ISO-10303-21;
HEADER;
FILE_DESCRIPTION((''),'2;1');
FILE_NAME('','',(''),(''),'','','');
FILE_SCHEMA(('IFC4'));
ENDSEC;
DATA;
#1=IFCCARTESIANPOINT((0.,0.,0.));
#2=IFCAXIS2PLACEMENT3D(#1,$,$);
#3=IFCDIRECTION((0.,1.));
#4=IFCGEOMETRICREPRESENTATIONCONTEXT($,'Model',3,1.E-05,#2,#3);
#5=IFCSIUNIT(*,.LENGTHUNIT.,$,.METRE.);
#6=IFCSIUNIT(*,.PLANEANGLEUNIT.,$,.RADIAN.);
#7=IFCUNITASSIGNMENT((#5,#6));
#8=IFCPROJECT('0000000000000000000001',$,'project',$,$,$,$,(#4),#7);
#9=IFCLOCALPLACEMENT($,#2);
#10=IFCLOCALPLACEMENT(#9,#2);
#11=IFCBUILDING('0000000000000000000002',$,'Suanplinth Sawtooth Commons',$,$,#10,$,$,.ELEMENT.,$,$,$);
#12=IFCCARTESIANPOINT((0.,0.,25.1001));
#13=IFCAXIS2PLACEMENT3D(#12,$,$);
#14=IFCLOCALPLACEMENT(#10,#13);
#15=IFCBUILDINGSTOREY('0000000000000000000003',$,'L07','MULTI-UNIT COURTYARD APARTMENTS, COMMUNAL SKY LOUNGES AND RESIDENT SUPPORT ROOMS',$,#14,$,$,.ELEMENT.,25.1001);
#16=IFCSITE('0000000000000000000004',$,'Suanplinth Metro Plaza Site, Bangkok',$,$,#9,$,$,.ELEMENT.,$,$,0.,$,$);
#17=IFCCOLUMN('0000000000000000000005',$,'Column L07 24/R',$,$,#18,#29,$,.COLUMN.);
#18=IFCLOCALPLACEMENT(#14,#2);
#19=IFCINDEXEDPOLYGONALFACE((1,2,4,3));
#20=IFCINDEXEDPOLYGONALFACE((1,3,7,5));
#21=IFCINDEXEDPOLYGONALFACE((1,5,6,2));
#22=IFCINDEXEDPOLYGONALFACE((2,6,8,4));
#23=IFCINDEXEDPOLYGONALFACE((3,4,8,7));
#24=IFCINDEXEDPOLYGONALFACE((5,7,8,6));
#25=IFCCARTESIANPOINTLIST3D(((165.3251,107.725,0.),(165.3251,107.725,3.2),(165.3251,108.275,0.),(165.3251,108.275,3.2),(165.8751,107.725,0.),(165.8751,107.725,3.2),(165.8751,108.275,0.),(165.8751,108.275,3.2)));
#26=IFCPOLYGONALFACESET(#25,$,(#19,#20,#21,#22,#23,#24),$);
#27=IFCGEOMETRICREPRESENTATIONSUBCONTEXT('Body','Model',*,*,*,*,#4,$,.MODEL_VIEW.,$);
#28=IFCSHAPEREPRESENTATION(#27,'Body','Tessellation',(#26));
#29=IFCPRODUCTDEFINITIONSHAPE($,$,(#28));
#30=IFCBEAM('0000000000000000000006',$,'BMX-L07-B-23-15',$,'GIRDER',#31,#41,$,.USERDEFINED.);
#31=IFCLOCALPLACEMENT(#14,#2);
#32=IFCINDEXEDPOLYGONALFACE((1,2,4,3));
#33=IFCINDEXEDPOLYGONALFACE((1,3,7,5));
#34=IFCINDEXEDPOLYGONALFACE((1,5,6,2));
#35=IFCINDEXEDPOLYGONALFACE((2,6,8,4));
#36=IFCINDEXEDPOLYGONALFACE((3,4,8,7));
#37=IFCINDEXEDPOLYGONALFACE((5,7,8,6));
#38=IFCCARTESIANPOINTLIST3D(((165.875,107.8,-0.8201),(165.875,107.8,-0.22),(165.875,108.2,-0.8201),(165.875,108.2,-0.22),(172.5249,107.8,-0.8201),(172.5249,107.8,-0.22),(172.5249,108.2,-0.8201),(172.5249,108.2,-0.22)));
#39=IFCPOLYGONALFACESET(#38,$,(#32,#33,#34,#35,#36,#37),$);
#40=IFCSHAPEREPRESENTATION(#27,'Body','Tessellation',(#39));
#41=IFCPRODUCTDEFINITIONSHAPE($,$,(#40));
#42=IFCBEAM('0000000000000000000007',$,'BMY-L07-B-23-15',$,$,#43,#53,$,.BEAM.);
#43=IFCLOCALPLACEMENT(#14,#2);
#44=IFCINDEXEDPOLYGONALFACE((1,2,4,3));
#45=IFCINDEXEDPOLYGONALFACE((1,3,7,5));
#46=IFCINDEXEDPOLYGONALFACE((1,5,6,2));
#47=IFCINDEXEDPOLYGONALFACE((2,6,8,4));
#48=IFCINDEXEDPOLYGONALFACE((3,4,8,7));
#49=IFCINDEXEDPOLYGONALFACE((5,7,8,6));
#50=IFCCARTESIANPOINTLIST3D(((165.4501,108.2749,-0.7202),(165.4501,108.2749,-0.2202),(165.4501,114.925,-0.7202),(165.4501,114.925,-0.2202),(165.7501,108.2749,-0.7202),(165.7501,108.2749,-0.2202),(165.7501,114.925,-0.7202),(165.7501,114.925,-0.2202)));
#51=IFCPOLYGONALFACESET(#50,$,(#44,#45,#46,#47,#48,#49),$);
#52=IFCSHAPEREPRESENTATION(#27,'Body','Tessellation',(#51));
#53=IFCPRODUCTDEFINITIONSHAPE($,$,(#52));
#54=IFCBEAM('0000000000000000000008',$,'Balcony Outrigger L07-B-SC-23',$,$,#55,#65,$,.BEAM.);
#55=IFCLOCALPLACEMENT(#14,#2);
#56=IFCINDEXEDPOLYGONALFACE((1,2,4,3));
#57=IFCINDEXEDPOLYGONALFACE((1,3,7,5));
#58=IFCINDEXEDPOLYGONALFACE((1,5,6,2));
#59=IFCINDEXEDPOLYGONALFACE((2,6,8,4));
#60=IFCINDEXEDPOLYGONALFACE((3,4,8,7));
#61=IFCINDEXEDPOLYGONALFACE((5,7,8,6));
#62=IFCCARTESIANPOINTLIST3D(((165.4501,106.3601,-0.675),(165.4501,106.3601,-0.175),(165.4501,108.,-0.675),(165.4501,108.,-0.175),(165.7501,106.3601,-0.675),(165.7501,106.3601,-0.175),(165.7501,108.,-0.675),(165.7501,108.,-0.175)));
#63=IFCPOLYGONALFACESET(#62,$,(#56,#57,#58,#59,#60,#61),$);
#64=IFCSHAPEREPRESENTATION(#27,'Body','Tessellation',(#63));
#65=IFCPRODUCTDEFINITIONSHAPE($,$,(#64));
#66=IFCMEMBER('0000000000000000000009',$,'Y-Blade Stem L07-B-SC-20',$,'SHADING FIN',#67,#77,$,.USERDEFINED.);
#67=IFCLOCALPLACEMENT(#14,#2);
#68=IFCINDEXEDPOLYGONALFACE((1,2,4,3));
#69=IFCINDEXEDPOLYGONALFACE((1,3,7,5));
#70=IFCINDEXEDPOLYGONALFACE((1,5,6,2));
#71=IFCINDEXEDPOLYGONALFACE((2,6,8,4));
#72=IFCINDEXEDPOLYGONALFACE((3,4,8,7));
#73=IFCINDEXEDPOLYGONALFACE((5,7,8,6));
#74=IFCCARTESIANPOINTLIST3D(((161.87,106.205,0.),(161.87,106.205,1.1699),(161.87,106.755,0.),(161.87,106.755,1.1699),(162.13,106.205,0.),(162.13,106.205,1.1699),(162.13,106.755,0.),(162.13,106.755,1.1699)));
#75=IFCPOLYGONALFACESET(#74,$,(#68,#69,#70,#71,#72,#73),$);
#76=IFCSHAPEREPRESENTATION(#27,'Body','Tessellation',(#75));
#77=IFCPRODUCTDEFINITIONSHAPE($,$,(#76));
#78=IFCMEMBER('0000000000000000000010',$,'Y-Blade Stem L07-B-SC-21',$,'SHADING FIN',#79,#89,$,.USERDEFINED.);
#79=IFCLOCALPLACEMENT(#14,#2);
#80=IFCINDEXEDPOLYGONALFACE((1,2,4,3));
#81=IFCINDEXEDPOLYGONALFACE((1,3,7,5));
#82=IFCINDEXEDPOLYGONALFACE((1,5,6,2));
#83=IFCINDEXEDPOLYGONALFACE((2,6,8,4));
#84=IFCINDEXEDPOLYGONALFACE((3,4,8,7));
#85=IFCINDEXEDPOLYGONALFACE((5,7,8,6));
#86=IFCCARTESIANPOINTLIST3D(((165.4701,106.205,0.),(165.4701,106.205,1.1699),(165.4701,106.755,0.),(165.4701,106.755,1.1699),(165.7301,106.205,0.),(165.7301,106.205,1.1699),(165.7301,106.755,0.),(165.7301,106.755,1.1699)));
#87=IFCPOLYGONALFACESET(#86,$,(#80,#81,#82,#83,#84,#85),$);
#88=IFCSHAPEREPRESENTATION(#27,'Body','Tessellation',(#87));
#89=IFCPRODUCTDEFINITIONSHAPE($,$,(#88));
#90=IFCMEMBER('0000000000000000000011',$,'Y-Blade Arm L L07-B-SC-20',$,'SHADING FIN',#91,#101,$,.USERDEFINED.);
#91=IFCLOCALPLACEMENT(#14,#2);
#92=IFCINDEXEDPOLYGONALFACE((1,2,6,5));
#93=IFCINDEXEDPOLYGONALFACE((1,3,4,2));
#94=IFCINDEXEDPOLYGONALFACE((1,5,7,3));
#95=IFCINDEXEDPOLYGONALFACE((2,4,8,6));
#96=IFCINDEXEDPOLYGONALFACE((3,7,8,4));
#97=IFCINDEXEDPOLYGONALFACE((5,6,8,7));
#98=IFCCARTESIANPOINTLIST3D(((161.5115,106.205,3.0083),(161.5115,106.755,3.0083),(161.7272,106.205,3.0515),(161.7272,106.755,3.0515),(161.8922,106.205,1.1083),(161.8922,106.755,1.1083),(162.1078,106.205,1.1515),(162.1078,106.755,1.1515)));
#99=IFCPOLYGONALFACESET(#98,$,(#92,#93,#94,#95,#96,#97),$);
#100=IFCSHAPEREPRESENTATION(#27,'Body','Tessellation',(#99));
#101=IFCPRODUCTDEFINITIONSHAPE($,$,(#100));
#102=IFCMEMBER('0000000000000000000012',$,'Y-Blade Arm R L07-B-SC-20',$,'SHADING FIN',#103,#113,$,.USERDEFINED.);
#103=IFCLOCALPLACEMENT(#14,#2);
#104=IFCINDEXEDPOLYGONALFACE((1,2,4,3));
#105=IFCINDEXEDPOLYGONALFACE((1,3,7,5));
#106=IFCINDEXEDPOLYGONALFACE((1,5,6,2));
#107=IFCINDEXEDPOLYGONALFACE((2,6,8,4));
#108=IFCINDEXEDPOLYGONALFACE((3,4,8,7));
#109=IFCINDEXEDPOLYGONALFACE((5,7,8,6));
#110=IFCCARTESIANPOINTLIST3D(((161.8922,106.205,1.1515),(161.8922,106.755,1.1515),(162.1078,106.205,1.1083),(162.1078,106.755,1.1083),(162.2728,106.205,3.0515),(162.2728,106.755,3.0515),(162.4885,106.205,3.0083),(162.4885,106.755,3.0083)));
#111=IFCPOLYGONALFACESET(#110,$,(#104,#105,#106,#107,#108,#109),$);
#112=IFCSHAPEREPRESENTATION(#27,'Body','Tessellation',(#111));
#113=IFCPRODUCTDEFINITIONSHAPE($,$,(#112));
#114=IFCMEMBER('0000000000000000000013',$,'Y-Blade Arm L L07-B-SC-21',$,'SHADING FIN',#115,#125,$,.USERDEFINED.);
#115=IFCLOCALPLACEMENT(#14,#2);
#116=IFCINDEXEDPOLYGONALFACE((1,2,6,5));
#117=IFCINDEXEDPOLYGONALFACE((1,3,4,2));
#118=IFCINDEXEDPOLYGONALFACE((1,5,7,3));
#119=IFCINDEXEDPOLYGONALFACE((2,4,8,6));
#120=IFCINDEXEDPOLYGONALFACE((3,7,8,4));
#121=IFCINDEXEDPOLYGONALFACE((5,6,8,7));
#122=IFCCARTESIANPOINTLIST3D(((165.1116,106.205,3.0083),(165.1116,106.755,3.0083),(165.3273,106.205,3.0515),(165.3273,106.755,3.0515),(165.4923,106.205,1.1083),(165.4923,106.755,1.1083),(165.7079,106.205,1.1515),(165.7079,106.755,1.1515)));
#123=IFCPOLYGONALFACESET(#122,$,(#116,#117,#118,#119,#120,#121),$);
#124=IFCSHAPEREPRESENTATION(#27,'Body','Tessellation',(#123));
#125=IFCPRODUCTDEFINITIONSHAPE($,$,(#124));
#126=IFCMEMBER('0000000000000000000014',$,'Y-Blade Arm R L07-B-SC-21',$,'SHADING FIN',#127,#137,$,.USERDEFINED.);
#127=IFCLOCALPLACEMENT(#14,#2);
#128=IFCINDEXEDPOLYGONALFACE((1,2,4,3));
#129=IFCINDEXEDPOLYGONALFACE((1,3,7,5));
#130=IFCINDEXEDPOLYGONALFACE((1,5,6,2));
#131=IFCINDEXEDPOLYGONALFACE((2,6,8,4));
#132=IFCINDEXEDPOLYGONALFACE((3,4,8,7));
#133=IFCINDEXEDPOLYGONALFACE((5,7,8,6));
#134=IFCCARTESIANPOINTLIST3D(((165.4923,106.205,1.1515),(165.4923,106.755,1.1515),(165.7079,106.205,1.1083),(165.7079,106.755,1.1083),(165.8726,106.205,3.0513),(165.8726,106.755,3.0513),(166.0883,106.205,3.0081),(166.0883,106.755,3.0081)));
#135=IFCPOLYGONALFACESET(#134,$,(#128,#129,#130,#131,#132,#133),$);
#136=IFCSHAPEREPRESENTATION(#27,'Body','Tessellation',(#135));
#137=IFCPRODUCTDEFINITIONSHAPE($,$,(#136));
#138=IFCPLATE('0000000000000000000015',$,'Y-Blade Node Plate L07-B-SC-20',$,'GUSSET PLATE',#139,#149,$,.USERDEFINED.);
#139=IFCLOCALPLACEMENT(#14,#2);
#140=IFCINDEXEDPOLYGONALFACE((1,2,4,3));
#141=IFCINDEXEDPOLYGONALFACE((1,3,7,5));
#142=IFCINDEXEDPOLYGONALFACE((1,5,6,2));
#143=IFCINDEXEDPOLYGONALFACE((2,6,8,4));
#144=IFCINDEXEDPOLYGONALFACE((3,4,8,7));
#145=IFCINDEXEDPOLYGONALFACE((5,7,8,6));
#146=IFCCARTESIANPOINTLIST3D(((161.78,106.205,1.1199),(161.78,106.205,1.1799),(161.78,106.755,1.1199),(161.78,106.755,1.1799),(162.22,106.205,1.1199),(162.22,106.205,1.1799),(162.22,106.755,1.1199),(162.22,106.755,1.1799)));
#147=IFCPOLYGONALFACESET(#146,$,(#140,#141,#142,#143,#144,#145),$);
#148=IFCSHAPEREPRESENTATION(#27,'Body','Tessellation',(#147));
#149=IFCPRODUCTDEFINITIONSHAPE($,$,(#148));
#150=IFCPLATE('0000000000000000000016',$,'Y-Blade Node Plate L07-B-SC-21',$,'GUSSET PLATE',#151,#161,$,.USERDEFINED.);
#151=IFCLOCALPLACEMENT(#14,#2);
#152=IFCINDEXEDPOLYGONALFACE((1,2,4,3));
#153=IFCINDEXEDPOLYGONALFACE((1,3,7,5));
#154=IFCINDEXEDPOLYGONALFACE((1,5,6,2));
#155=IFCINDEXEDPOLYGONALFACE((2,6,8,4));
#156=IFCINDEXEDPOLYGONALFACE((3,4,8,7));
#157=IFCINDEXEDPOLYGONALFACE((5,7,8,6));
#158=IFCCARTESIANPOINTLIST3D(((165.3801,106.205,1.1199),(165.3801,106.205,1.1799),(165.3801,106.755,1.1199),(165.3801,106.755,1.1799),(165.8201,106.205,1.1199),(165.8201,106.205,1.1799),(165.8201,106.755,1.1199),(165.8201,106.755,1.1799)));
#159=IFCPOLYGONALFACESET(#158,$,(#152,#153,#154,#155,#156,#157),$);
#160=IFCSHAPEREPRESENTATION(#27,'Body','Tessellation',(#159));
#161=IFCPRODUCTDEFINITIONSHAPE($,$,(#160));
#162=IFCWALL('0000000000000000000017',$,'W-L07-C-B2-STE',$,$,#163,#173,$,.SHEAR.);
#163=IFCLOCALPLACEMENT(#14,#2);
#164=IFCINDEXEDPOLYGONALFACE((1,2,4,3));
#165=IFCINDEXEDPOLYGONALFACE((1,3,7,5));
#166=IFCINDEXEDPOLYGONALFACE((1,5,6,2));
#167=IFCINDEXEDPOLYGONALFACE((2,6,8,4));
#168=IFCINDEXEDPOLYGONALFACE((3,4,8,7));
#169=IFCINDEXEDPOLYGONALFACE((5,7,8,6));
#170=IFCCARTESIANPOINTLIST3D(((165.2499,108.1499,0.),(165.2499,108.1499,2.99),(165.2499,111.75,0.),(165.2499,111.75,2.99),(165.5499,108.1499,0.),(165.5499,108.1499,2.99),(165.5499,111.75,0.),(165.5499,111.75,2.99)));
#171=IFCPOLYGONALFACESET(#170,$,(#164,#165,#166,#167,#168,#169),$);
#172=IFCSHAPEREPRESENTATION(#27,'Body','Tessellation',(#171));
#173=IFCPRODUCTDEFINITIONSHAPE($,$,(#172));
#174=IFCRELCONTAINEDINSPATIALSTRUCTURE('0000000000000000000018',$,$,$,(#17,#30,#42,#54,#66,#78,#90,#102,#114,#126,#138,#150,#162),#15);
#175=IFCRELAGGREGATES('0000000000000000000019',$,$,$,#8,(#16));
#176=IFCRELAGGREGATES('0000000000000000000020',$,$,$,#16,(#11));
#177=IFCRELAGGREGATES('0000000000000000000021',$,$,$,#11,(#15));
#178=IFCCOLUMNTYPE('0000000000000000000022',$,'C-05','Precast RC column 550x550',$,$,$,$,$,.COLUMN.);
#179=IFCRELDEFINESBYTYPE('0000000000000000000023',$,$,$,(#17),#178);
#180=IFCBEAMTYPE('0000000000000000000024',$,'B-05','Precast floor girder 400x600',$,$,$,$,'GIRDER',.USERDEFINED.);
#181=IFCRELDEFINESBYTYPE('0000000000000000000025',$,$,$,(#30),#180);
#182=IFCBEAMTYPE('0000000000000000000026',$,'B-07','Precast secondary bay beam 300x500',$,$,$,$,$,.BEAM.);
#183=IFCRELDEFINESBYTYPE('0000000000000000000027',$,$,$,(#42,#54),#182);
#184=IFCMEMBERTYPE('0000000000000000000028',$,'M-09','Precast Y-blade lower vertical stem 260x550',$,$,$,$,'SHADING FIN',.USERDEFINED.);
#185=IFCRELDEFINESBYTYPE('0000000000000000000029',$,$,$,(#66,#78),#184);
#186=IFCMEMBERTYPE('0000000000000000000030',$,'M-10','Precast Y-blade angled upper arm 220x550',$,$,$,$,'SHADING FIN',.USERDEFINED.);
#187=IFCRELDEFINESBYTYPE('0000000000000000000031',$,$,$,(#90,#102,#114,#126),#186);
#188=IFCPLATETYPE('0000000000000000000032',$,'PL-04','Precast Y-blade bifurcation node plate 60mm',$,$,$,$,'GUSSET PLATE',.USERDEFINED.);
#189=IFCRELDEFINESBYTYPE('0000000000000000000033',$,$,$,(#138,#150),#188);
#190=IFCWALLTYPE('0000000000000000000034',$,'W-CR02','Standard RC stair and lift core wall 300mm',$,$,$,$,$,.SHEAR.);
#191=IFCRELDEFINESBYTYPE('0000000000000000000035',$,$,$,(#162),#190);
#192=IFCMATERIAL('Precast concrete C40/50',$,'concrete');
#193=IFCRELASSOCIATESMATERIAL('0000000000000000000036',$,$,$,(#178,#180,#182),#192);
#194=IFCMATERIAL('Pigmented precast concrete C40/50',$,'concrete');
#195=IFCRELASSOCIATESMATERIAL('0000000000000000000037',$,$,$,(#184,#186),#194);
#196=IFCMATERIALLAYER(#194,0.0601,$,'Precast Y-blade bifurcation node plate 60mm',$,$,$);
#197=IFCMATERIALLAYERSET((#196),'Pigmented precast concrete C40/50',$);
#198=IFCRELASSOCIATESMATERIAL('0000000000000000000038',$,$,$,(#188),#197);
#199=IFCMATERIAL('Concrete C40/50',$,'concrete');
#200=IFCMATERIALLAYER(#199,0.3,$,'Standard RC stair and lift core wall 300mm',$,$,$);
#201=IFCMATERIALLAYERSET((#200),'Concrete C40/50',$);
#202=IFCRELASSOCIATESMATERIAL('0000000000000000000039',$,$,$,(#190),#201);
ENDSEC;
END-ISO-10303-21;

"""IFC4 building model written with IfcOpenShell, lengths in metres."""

from ifc_helpers import new_model, si_unit, direction, frame, frame_2d, origin, origin_2d, place, context, subcontext, project, spatial, rectangle, extrude, material, layer, layer_set, material_profile, profile_set, type_object, element, save


model = new_model("IFC4")

# Units and contexts
model_context = context("Model", 3, precision=1e-05, world=origin(), true_north=direction((0.0, 1.0)))
body_context = subcontext(model_context, "Body", "Model", "MODEL_VIEW")
ifc_project = project(units=[si_unit("LENGTHUNIT", "METRE"), si_unit("PLANEANGLEUNIT", "RADIAN")], contexts=[model_context])

# Site, building, storey
site_placement = place(None, origin())
site = spatial("IfcSite", under=ifc_project, at=site_placement, Name="Suanplinth Metro Plaza Site, Bangkok", CompositionType="ELEMENT", RefElevation=0.0)
building_placement = place(site_placement, origin())
building = spatial("IfcBuilding", under=site, at=building_placement, Name="Suanplinth Sawtooth Commons", CompositionType="ELEMENT")
storey_placement = place(building_placement, frame((0.0, 0.0, 25.1001)))
storey = spatial("IfcBuildingStorey", under=building, at=storey_placement, Name="L07", Description="MULTI-UNIT COURTYARD APARTMENTS, COMMUNAL SKY LOUNGES AND RESIDENT SUPPORT ROOMS", CompositionType="ELEMENT", Elevation=25.1001)

# Column
ifc_material_1 = material(Name="Precast concrete C40/50", Category="concrete")
ifc_material_profile_1 = material_profile(ifc_material_1, rectangle(XDim=0.55, YDim=0.55, at=origin_2d()), Name="PC-COL 550x550")
ifc_profile_set_1 = profile_set([ifc_material_profile_1], Name="Precast concrete C40/50")
column_type = type_object("IfcColumnType", Name="C-05", Description="Precast RC column 550x550", PredefinedType="COLUMN", material=ifc_profile_set_1)
column_placement = place(storey_placement, frame((165.6001, 108.0, 0.0), z_axis=(0.0, 0.0, 1.0), x_axis=(1.0, 0.0, 0.0)))
element("IfcColumn", 1, at=column_placement, inside=storey, type_object=column_type, Name="Column L07 24/R", PredefinedType="COLUMN", context=body_context, shape_type="SweptSolid", body=[
    extrude(rectangle(XDim=0.55, YDim=0.55, at=origin_2d()), origin(), (0.0, 0.0, 1.0), 3.2),
])

# Beams
ifc_material_profile_2 = material_profile(ifc_material_1, rectangle(XDim=0.3999, YDim=0.6001, at=origin_2d()), Name="PC-GDR 400x600")
ifc_profile_set_2 = profile_set([ifc_material_profile_2], Name="Precast concrete C40/50")
beam_type_1 = type_object("IfcBeamType", Name="B-05", Description="Precast floor girder 400x600", ElementType="GIRDER", PredefinedType="USERDEFINED", material=ifc_profile_set_2)
beam_1_placement = place(storey_placement, frame((165.875, 108.0, -0.52), z_axis=(1.0, 0.0, 0.0), x_axis=(0.0, 1.0, 0.0)))
element("IfcBeam", 2, at=beam_1_placement, inside=storey, type_object=beam_type_1, Name="BMX-L07-B-23-15", ObjectType="GIRDER", PredefinedType="USERDEFINED", context=body_context, shape_type="SweptSolid", body=[
    extrude(rectangle(XDim=0.3999, YDim=0.6001, at=origin_2d()), origin(), (0.0, 0.0, 1.0), 6.6499),
])
ifc_material_profile_3 = material_profile(ifc_material_1, rectangle(XDim=0.3, YDim=0.5, at=origin_2d()), Name="PC-BM 300x500")
ifc_profile_set_3 = profile_set([ifc_material_profile_3], Name="Precast concrete C40/50")
beam_type_2 = type_object("IfcBeamType", Name="B-07", Description="Precast secondary bay beam 300x500", PredefinedType="BEAM", material=ifc_profile_set_3)
beam_2_placement = place(storey_placement, frame((165.6001, 108.2749, -0.4702), z_axis=(0.0, 1.0, 0.0), x_axis=(-1.0, 0.0, 0.0)))
element("IfcBeam", 3, at=beam_2_placement, inside=storey, type_object=beam_type_2, Name="BMY-L07-B-23-15", PredefinedType="BEAM", context=body_context, shape_type="SweptSolid", body=[
    extrude(rectangle(XDim=0.3, YDim=0.5, at=origin_2d()), origin(), (0.0, 0.0, 1.0), 6.6501),
])
beam_3_placement = place(storey_placement, frame((165.6001, 108.0, -0.425), z_axis=(0.0, -1.0, 0.0), x_axis=(1.0, 0.0, 0.0)))
element("IfcBeam", 4, at=beam_3_placement, inside=storey, type_object=beam_type_2, Name="Balcony Outrigger L07-B-SC-23", PredefinedType="BEAM", context=body_context, shape_type="SweptSolid", body=[
    extrude(rectangle(XDim=0.3, YDim=0.5, at=origin_2d()), origin(), (0.0, 0.0, 1.0), 1.6399),
])

# Members
ifc_material_2 = material(Name="Pigmented precast concrete C40/50", Category="concrete")
ifc_material_profile_4 = material_profile(ifc_material_2, rectangle(XDim=0.26, YDim=0.55, at=origin_2d()), Name="PC-FIN 260x550")
ifc_profile_set_4 = profile_set([ifc_material_profile_4], Name="Pigmented precast concrete C40/50")
member_type_1 = type_object("IfcMemberType", Name="M-09", Description="Precast Y-blade lower vertical stem 260x550", ElementType="SHADING FIN", PredefinedType="USERDEFINED", material=ifc_profile_set_4)
for number, where, z_axis, x_axis, name in (
    (5, (162.0, 106.48, 0.0), (0.0, 0.0, 1.0), (1.0, 0.0, 0.0), "Y-Blade Stem L07-B-SC-20"),
    (6, (165.6001, 106.48, 0.0), (0.0, 0.0, 1.0), (1.0, 0.0, 0.0), "Y-Blade Stem L07-B-SC-21"),
):
    element("IfcMember", number, at=place(storey_placement, frame(where, z_axis=z_axis, x_axis=x_axis)), inside=storey, type_object=member_type_1, Name=name, ObjectType="SHADING FIN", PredefinedType="USERDEFINED", context=body_context, shape_type="SweptSolid", body=[
        extrude(rectangle(XDim=0.26, YDim=0.55, at=origin_2d()), origin(), (0.0, 0.0, 1.0), 1.1699),
    ])
ifc_material_profile_5 = material_profile(ifc_material_2, rectangle(XDim=0.22, YDim=0.55, at=origin_2d()), Name="PC-FIN 220x550")
ifc_profile_set_5 = profile_set([ifc_material_profile_5], Name="Pigmented precast concrete C40/50")
member_type_2 = type_object("IfcMemberType", Name="M-10", Description="Precast Y-blade angled upper arm 220x550", ElementType="SHADING FIN", PredefinedType="USERDEFINED", material=ifc_profile_set_5)
for number, where, z_axis, x_axis, name in (
    (7, (162.0, 106.48, 1.1299), (-0.196431, 0.0, 0.980518), (0.980518, 0.0, 0.196431), "Y-Blade Arm L L07-B-SC-20"),
    (8, (162.0, 106.48, 1.1299), (0.196431, 0.0, 0.980518), (-0.980518, 0.0, 0.196431), "Y-Blade Arm R L07-B-SC-20"),
    (9, (165.6001, 106.48, 1.1299), (-0.196431, 0.0, 0.980518), (0.980518, 0.0, 0.196431), "Y-Blade Arm L L07-B-SC-21"),
):
    element("IfcMember", number, at=place(storey_placement, frame(where, z_axis=z_axis, x_axis=x_axis)), inside=storey, type_object=member_type_2, Name=name, ObjectType="SHADING FIN", PredefinedType="USERDEFINED", context=body_context, shape_type="SweptSolid", body=[
        extrude(rectangle(XDim=0.22, YDim=0.55, at=origin_2d()), origin(), (0.0, 0.0, 1.0), 1.9377),
    ])
member_placement = place(storey_placement, frame((165.6001, 106.48, 1.1299), z_axis=(0.19631, 0.0, 0.980542), x_axis=(-0.980542, 0.0, 0.19631)))
element("IfcMember", 10, at=member_placement, inside=storey, type_object=member_type_2, Name="Y-Blade Arm R L07-B-SC-21", ObjectType="SHADING FIN", PredefinedType="USERDEFINED", context=body_context, shape_type="SweptSolid", body=[
    extrude(rectangle(XDim=0.22, YDim=0.55, at=origin_2d()), origin(), (0.0, 0.0, 1.0), 1.9375),
])

# Plates
ifc_layer_1 = layer(ifc_material_2, 0.0601, Name="Precast Y-blade bifurcation node plate 60mm")
ifc_layer_set_1 = layer_set([ifc_layer_1], Name="Pigmented precast concrete C40/50")
plate_type = type_object("IfcPlateType", Name="PL-04", Description="Precast Y-blade bifurcation node plate 60mm", ElementType="GUSSET PLATE", PredefinedType="USERDEFINED", material=ifc_layer_set_1)
for number, where, z_axis, x_axis, name in (
    (11, (162.0, 106.48, 1.1199), (0.0, 0.0, 1.0), (1.0, 0.0, 0.0), "Y-Blade Node Plate L07-B-SC-20"),
    (12, (165.6001, 106.48, 1.1199), (0.0, 0.0, 1.0), (1.0, 0.0, 0.0), "Y-Blade Node Plate L07-B-SC-21"),
):
    element("IfcPlate", number, at=place(storey_placement, frame(where, z_axis=z_axis, x_axis=x_axis)), inside=storey, type_object=plate_type, Name=name, ObjectType="GUSSET PLATE", PredefinedType="USERDEFINED", context=body_context, shape_type="SweptSolid", body=[
        extrude(rectangle(XDim=0.4399, YDim=0.55, at=origin_2d()), origin(), (0.0, 0.0, 1.0), 0.0601),
    ])

# Wall
ifc_material_3 = material(Name="Concrete C40/50", Category="concrete")
ifc_layer_2 = layer(ifc_material_3, 0.3, Name="Standard RC stair and lift core wall 300mm")
ifc_layer_set_2 = layer_set([ifc_layer_2], Name="Concrete C40/50")
wall_type_1 = type_object("IfcWallType", Name="W-CR02", Description="Standard RC stair and lift core wall 300mm", PredefinedType="SHEAR", material=ifc_layer_set_2)
wall_1_placement = place(storey_placement, frame((165.3999, 108.1499, 0.0), z_axis=(0.0, 0.0, 1.0), x_axis=(0.0, 1.0, 0.0)))
element("IfcWall", 13, at=wall_1_placement, inside=storey, type_object=wall_type_1, Name="W-L07-C-B2-STE", PredefinedType="SHEAR", context=body_context, shape_type="SweptSolid", body=[
    extrude(rectangle(XDim=3.6001, YDim=0.3, at=frame_2d((1.8, 0.0))), origin(), (0.0, 0.0, 1.0), 2.99),
])

save(model, "model.ifc")
